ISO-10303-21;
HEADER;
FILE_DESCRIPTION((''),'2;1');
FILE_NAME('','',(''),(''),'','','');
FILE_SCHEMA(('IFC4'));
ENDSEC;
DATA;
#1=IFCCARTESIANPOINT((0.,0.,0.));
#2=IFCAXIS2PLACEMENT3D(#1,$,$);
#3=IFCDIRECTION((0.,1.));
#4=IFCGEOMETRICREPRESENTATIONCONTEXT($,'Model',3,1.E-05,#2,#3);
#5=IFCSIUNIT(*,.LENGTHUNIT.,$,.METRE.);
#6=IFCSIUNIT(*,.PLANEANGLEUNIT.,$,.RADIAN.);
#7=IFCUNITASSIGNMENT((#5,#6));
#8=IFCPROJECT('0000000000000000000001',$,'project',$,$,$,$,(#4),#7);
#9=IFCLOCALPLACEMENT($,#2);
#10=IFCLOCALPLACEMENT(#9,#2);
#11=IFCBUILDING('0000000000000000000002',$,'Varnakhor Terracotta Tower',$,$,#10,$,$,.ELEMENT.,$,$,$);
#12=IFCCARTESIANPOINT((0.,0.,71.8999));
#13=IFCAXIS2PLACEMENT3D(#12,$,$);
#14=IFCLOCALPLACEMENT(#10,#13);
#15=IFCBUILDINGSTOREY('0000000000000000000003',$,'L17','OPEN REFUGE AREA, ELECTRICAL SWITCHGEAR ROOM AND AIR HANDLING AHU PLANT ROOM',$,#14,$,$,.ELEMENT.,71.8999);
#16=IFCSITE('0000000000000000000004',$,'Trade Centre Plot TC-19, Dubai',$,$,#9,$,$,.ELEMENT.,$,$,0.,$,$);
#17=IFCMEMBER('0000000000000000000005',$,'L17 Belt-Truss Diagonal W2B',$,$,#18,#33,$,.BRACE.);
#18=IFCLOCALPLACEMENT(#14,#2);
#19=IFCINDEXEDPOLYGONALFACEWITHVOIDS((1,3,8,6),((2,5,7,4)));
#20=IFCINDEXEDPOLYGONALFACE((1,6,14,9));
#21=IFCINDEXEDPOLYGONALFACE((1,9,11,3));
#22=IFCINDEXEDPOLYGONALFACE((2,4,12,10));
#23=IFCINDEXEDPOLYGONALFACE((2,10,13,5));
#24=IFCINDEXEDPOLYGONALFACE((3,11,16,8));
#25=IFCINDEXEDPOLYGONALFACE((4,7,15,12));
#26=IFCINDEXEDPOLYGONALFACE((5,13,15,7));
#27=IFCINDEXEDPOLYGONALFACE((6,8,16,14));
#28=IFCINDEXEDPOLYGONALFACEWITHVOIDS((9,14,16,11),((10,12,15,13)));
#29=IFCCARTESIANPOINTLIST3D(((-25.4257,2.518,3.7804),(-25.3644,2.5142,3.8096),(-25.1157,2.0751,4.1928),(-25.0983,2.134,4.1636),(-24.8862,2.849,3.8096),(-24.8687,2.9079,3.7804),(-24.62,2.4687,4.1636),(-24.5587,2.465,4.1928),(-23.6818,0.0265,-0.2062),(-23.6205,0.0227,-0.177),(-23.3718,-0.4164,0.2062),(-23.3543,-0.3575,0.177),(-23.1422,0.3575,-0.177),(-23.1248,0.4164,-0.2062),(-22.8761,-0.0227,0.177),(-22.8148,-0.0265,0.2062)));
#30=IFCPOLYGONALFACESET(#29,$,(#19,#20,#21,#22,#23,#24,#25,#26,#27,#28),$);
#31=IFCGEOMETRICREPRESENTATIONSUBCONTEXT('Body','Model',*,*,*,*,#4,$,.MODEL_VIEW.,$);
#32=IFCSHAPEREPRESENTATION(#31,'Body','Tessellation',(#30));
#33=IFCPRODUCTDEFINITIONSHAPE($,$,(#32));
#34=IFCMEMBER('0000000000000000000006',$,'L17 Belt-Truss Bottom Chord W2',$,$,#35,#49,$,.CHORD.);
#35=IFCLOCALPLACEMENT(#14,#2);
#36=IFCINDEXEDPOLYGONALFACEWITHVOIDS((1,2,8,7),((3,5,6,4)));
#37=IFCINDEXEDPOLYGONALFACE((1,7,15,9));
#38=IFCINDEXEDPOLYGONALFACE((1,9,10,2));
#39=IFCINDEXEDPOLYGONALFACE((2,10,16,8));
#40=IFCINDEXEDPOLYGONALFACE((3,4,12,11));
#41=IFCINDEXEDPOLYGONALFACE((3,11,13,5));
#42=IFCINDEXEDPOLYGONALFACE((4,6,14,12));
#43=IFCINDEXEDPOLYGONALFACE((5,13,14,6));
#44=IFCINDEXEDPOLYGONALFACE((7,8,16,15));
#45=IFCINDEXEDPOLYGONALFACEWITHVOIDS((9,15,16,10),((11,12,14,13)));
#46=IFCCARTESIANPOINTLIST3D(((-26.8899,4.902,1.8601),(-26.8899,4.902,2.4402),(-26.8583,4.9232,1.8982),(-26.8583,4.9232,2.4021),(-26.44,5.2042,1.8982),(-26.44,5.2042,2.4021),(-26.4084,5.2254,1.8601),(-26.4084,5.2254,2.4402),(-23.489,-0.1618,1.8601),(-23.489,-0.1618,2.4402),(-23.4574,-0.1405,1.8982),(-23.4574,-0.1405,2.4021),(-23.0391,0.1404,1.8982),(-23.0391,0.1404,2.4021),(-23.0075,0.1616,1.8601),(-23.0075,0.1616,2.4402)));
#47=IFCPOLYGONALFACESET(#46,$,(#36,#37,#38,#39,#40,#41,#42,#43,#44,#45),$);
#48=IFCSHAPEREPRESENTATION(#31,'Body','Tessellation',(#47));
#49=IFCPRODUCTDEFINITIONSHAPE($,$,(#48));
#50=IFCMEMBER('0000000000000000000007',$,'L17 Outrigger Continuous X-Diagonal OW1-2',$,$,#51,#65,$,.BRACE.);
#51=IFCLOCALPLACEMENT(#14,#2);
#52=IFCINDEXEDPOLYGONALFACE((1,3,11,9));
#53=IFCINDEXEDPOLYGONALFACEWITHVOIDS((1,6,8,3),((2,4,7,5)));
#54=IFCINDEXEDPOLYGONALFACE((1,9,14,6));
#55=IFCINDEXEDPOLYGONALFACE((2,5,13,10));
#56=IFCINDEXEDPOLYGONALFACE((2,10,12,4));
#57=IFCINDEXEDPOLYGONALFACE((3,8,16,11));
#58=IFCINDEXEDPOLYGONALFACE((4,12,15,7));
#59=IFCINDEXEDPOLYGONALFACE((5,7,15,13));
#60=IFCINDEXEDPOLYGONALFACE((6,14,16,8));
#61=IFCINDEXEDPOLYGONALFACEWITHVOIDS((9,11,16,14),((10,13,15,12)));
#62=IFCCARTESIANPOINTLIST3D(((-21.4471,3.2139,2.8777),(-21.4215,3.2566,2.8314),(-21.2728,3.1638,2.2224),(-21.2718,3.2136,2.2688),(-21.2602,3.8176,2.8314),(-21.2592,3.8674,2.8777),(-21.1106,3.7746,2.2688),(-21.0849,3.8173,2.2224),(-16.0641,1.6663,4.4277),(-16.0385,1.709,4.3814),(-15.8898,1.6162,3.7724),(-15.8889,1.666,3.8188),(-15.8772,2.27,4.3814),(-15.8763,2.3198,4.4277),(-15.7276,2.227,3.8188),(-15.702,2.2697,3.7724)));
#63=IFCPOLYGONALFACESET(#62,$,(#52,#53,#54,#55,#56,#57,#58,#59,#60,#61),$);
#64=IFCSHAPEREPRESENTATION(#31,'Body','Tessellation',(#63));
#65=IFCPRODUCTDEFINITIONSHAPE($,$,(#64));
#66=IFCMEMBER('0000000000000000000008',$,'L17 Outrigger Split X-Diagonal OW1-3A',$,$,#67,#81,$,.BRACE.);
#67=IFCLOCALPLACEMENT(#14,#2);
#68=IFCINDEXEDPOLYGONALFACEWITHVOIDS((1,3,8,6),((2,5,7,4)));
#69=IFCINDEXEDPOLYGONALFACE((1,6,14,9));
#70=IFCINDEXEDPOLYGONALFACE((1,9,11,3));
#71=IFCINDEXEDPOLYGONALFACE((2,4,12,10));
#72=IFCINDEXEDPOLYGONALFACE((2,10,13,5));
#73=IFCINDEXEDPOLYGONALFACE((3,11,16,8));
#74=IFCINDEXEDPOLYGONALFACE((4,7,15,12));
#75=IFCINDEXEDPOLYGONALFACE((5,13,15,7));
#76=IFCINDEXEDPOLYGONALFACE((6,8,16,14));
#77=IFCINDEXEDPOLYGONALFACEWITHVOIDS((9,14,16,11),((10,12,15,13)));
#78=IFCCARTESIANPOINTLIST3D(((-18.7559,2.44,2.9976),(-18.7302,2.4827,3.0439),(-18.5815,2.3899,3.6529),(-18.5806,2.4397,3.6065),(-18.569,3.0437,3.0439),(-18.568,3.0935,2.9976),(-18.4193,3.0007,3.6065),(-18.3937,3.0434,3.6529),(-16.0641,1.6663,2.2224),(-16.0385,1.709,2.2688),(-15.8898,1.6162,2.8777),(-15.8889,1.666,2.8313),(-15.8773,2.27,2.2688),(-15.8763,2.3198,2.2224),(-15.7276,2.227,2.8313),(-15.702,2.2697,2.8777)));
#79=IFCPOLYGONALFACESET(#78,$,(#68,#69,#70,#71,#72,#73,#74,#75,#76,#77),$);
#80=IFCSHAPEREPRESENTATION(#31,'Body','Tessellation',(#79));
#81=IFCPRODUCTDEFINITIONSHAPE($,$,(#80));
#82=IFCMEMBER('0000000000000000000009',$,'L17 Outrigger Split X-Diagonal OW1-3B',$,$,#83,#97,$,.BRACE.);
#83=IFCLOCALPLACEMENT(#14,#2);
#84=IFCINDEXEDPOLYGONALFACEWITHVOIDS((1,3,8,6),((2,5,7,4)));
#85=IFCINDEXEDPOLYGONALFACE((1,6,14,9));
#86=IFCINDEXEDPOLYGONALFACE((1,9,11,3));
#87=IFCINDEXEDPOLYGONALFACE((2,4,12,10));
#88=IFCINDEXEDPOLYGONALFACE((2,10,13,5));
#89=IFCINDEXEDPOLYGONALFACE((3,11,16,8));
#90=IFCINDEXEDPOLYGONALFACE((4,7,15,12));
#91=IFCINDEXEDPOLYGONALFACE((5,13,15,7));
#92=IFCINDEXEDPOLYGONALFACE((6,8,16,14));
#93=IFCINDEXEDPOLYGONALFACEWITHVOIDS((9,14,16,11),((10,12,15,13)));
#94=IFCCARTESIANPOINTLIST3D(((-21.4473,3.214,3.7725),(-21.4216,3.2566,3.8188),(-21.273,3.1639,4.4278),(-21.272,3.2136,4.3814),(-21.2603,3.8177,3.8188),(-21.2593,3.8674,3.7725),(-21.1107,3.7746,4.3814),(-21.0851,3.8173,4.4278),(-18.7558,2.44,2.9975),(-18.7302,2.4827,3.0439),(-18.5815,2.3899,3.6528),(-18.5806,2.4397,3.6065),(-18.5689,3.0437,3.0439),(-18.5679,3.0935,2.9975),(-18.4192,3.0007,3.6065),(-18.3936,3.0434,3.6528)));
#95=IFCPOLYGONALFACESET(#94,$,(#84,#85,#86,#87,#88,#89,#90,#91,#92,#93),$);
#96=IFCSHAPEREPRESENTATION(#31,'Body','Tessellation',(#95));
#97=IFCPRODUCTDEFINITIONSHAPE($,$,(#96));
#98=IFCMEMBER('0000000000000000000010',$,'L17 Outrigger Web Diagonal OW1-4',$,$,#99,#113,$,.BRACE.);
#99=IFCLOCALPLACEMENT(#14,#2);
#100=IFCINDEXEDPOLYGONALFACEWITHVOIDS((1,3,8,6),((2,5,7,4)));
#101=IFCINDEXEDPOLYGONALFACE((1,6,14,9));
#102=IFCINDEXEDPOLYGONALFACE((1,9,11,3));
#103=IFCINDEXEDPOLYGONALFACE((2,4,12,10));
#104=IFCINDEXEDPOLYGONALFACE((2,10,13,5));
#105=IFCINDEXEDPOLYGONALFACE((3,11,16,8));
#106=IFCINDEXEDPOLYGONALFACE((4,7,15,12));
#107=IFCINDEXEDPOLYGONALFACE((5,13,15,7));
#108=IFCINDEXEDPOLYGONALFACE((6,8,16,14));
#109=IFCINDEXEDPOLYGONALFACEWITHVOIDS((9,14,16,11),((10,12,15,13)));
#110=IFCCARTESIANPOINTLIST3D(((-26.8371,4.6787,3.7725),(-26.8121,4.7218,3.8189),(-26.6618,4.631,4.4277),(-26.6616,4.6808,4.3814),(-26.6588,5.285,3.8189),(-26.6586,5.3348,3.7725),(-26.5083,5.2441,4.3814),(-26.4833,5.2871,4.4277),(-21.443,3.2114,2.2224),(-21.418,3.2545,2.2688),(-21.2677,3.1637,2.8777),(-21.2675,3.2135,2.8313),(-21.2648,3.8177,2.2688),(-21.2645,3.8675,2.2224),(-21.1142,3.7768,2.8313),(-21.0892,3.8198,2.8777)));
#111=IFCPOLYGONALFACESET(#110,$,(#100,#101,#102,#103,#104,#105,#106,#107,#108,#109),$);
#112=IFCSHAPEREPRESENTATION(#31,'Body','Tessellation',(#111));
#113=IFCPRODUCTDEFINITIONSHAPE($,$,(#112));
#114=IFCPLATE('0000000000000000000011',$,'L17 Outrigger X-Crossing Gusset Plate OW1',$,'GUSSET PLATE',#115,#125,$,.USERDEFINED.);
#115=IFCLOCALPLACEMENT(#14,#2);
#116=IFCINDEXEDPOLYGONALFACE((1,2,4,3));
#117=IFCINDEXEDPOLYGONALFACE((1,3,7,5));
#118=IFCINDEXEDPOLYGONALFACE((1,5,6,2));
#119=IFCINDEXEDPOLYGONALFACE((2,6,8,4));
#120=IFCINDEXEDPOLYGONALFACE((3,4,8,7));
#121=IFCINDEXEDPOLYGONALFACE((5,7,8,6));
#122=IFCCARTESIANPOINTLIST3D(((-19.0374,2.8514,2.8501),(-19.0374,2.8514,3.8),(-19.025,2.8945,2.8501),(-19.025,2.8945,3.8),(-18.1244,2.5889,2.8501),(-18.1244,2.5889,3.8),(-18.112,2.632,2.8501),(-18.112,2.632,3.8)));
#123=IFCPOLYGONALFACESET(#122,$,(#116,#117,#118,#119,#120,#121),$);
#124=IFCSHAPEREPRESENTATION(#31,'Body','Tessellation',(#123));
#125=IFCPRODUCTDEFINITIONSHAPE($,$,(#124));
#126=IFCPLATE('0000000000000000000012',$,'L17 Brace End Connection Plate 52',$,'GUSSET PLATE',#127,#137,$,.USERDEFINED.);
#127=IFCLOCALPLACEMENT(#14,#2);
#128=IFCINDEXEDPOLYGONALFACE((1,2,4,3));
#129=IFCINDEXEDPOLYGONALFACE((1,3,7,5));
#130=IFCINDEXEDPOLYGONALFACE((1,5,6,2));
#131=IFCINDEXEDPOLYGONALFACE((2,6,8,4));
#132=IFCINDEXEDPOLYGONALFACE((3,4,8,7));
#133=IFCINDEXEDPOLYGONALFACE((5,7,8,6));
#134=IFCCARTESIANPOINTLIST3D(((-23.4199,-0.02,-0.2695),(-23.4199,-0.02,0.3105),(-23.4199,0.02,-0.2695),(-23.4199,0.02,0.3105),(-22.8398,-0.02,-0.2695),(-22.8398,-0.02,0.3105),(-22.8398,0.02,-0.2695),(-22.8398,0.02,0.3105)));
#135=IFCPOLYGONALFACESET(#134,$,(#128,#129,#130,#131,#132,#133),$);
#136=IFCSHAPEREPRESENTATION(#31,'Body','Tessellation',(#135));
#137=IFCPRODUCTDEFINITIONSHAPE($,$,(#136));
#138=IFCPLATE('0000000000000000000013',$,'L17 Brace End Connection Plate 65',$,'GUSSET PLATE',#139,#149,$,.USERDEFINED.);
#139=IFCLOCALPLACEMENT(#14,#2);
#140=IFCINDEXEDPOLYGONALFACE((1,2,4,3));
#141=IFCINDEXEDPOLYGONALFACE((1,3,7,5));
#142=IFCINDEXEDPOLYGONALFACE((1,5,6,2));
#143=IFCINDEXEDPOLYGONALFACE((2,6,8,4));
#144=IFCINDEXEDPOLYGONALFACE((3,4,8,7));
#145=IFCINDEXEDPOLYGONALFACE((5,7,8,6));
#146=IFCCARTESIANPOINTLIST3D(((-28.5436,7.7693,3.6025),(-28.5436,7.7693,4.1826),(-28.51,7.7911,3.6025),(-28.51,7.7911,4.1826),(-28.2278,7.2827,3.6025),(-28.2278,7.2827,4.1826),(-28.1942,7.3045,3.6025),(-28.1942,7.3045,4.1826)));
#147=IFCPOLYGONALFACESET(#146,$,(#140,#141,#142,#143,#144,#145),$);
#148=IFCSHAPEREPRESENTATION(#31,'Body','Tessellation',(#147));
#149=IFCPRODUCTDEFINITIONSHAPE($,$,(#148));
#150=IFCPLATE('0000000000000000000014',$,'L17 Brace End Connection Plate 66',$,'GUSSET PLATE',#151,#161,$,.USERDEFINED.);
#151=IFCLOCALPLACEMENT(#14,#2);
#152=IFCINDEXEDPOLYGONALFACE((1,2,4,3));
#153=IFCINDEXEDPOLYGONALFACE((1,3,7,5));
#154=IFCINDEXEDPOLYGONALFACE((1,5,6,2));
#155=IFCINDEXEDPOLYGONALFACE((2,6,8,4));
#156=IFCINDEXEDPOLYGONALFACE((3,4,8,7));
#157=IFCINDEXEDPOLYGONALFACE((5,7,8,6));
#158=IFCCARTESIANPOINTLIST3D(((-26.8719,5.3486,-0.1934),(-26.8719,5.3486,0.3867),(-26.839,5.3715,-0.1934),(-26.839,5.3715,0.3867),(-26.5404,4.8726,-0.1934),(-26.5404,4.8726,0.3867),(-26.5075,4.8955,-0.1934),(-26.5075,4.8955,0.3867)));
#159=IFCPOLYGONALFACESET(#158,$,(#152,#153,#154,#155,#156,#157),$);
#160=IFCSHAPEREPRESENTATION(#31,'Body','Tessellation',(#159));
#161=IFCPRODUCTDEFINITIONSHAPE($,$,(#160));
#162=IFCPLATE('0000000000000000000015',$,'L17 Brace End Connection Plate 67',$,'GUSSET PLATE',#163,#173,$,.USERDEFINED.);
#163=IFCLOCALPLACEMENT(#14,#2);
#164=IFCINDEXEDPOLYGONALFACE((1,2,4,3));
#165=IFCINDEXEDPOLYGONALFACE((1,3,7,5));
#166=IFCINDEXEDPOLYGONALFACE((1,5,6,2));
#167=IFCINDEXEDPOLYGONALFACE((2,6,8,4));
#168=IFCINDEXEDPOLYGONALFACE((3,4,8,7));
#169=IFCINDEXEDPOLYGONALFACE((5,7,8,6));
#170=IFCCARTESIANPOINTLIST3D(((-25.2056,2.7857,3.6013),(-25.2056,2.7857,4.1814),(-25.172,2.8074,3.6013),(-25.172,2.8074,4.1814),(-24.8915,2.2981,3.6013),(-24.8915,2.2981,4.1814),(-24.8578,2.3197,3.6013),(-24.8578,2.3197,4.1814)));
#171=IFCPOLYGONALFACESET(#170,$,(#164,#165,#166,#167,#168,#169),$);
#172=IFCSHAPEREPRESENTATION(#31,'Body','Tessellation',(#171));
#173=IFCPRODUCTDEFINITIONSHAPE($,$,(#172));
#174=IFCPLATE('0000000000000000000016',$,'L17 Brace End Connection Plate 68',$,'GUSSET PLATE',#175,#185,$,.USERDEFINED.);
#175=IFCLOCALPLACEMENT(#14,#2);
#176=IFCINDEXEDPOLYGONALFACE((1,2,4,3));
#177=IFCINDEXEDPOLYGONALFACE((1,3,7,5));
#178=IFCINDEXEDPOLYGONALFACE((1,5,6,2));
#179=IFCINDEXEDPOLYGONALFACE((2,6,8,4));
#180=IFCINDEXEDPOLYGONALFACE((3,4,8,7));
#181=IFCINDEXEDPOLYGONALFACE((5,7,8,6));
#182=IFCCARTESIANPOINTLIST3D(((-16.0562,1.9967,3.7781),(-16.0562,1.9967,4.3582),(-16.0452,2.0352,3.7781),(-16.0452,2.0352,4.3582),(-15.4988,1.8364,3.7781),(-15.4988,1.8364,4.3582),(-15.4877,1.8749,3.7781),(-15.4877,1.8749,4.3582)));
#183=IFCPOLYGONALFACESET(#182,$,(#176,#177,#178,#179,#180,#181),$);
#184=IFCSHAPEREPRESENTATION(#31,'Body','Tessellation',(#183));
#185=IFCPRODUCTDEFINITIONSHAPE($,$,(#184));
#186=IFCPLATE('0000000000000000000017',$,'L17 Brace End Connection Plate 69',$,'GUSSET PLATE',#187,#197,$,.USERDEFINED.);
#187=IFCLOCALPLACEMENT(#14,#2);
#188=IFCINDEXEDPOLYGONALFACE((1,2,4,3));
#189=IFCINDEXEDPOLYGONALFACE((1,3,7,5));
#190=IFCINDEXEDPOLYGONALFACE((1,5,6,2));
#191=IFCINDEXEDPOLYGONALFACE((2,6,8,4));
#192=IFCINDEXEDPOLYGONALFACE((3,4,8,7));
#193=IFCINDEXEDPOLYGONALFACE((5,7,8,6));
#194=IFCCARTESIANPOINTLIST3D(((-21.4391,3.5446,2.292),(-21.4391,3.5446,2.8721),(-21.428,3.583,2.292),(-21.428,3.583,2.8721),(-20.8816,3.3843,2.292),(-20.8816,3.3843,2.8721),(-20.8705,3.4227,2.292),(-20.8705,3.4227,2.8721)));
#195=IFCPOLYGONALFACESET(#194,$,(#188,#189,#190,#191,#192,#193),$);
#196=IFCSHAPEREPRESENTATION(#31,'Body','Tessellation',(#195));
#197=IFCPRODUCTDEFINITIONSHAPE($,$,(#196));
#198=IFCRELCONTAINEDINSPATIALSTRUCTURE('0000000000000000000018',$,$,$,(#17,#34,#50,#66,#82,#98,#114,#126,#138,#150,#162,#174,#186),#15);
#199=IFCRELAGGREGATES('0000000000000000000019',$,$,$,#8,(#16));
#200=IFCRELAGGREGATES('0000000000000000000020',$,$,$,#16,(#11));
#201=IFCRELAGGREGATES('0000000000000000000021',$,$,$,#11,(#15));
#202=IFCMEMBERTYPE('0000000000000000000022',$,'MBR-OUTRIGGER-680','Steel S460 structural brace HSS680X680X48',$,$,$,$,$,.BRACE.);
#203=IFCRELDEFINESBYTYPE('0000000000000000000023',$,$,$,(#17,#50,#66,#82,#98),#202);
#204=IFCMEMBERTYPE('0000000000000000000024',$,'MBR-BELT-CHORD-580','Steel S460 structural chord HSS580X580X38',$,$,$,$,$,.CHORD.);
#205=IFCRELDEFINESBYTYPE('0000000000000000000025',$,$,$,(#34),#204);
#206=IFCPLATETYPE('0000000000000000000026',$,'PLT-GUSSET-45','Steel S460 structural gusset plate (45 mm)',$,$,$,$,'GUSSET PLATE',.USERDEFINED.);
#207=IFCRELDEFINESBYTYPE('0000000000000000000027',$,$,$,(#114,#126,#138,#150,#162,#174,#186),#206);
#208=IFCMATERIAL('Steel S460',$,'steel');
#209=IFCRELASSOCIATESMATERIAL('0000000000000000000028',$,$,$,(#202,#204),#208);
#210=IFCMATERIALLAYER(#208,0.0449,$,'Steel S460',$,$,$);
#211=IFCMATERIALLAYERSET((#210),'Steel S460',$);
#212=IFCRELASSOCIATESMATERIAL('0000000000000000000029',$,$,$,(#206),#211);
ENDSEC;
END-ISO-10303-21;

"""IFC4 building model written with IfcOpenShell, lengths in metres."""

from ifc_helpers import new_model, si_unit, direction, frame, origin, origin_2d, place, context, subcontext, project, spatial, rectangle, hollow_rectangle, extrude, source, transform, mapped, material, layer, layer_set, material_profile, profile_set, type_object, type_shapes, element, save


model = new_model("IFC4")

# Units and contexts
model_context = context("Model", 3, precision=1e-05, world=origin(), true_north=direction((0.0, 1.0)))
body_context = subcontext(model_context, "Body", "Model", "MODEL_VIEW")
ifc_project = project(units=[si_unit("LENGTHUNIT", "METRE"), si_unit("PLANEANGLEUNIT", "RADIAN")], contexts=[model_context])

# Site, building, storey
site_placement = place(None, origin())
site = spatial("IfcSite", under=ifc_project, at=site_placement, Name="Trade Centre Plot TC-19, Dubai", CompositionType="ELEMENT", RefElevation=0.0)
building_placement = place(site_placement, origin())
building = spatial("IfcBuilding", under=site, at=building_placement, Name="Varnakhor Terracotta Tower", CompositionType="ELEMENT")
storey_placement = place(building_placement, frame((0.0, 0.0, 71.8999)))
storey = spatial("IfcBuildingStorey", under=building, at=storey_placement, Name="L17", Description="OPEN REFUGE AREA, ELECTRICAL SWITCHGEAR ROOM AND AIR HANDLING AHU PLANT ROOM", CompositionType="ELEMENT", Elevation=71.8999)

# Shared definitions
ifc_material_1 = material(Name="Steel S460", Category="steel")

# Members
ifc_material_profile_1 = material_profile(ifc_material_1, hollow_rectangle(XDim=0.6799, YDim=0.6799, WallThickness=0.0481, at=origin_2d()), Name="HSS680X680X48")
ifc_profile_set_1 = profile_set([ifc_material_profile_1], Name="Steel S460")
member_type_1 = type_object("IfcMemberType", Name="MBR-OUTRIGGER-680", Description="Steel S460 structural brace HSS680X680X48", PredefinedType="BRACE", material=ifc_profile_set_1)
ifc_material_profile_2 = material_profile(ifc_material_1, hollow_rectangle(XDim=0.5801, YDim=0.5801, WallThickness=0.0381, at=origin_2d()), Name="HSS580X580X38")
ifc_profile_set_2 = profile_set([ifc_material_profile_2], Name="Steel S460")
member_type_2 = type_object("IfcMemberType", Name="MBR-BELT-CHORD-580", Description="Steel S460 structural chord HSS580X580X38", PredefinedType="CHORD", material=ifc_profile_set_2)
shared_shape_1 = source(origin(), body_context, "Body", "SweptSolid", [
    extrude(hollow_rectangle(XDim=0.6799, YDim=0.6799, WallThickness=0.0481, at=origin_2d()), origin(), (0.0, 0.0, 1.0), 5.0142),
])
member_1_placement = place(storey_placement, frame((-23.2483, 0.0, 0.0), z_axis=(-0.347798, 0.496889, 0.795071), x_axis=(-0.819251, -0.573435, 0.0)))
element("IfcMember", 1, at=member_1_placement, inside=storey, type_object=member_type_1, Name="L17 Belt-Truss Diagonal W2B", PredefinedType="BRACE", context=body_context, shape_type="MappedRepresentation", body=[
    mapped(shared_shape_1, transform((0.0, 0.0, 0.0), scale=1.0)),
])
shared_shape_2 = source(origin(), body_context, "Body", "SweptSolid", [
    extrude(hollow_rectangle(XDim=0.5801, YDim=0.5801, WallThickness=0.0381, at=origin_2d()), origin(), (0.0, 0.0, 1.0), 6.0999),
])
member_2_placement = place(storey_placement, frame((-26.6492, 5.0637, 2.1501), z_axis=(0.557542, -0.830149, 0.0), x_axis=(0.830149, 0.557542, 0.0)))
element("IfcMember", 2, at=member_2_placement, inside=storey, type_object=member_type_2, Name="L17 Belt-Truss Bottom Chord W2", PredefinedType="CHORD", context=body_context, shape_type="MappedRepresentation", body=[
    mapped(shared_shape_2, transform((0.0, 0.0, 0.0), scale=1.0)),
])
shared_shape_3 = source(origin(), body_context, "Body", "SweptSolid", [
    extrude(hollow_rectangle(XDim=0.6799, YDim=0.6799, WallThickness=0.0481, at=origin_2d()), origin(), (0.0, 0.0, 1.0), 5.8115),
])
member_3_placement = place(storey_placement, frame((-15.8831, 1.968, 4.1001), z_axis=(-0.926256, 0.266295, -0.266715), x_axis=(-0.276304, -0.96107, 0.0)))
element("IfcMember", 3, at=member_3_placement, inside=storey, type_object=member_type_1, Name="L17 Outrigger Continuous X-Diagonal OW1-2", PredefinedType="BRACE", context=body_context, shape_type="MappedRepresentation", body=[
    mapped(shared_shape_3, transform((0.0, 0.0, 0.0), scale=1.0)),
])
shared_shape_4 = source(origin(), body_context, "Body", "SweptSolid", [
    extrude(hollow_rectangle(XDim=0.6799, YDim=0.6799, WallThickness=0.0481, at=origin_2d()), origin(), (0.0, 0.0, 1.0), 2.906),
])
member_4_placement = place(storey_placement, frame((-15.8831, 1.968, 2.55), z_axis=(-0.926262, 0.266243, 0.266747), x_axis=(-0.276252, -0.961085, 0.0)))
element("IfcMember", 4, at=member_4_placement, inside=storey, type_object=member_type_1, Name="L17 Outrigger Split X-Diagonal OW1-3A", PredefinedType="BRACE", context=body_context, shape_type="MappedRepresentation", body=[
    mapped(shared_shape_4, transform((0.0, 0.0, 0.0), scale=1.0)),
])
shared_shape_5 = source(origin(), body_context, "Body", "SweptSolid", [
    extrude(hollow_rectangle(XDim=0.6799, YDim=0.6799, WallThickness=0.0481, at=origin_2d()), origin(), (0.0, 0.0, 1.0), 2.9058),
])
member_5_placement = place(storey_placement, frame((-18.5747, 2.7417, 3.3252), z_axis=(-0.92625, 0.266347, 0.266683), x_axis=(-0.276356, -0.961055, 0.0)))
element("IfcMember", 5, at=member_5_placement, inside=storey, type_object=member_type_1, Name="L17 Outrigger Split X-Diagonal OW1-3B", PredefinedType="BRACE", context=body_context, shape_type="MappedRepresentation", body=[
    mapped(shared_shape_5, transform((0.0, 0.0, 0.0), scale=1.0)),
])
shared_shape_6 = source(origin(), body_context, "Body", "SweptSolid", [
    extrude(hollow_rectangle(XDim=0.6799, YDim=0.6799, WallThickness=0.0481, at=origin_2d()), origin(), (0.0, 0.0, 1.0), 5.801),
])
member_6_placement = place(storey_placement, frame((-21.2661, 3.5156, 2.55), z_axis=(-0.929852, 0.252938, 0.267205), x_axis=(-0.262482, -0.964937, 0.0)))
element("IfcMember", 6, at=member_6_placement, inside=storey, type_object=member_type_1, Name="L17 Outrigger Web Diagonal OW1-4", PredefinedType="BRACE", context=body_context, shape_type="MappedRepresentation", body=[
    mapped(shared_shape_6, transform((0.0, 0.0, 0.0), scale=1.0)),
])

# Plates
ifc_layer_1 = layer(ifc_material_1, 0.0449, Name="Steel S460")
ifc_layer_set_1 = layer_set([ifc_layer_1], Name="Steel S460")
plate_type = type_object("IfcPlateType", Name="PLT-GUSSET-45", Description="Steel S460 structural gusset plate (45 mm)", ElementType="GUSSET PLATE", PredefinedType="USERDEFINED", material=ifc_layer_set_1)
shared_shape_7 = source(origin(), body_context, "Body", "SweptSolid", [
    extrude(rectangle(XDim=0.95, YDim=0.0449, at=origin_2d()), origin(), (0.0, 0.0, 1.0), 0.95),
])
type_shapes(plate_type, [shared_shape_7])
plate_placement = place(storey_placement, frame((-18.5747, 2.7417, 2.8501), z_axis=(0.0, 0.0, 1.0), x_axis=(-0.961059, 0.276342, 0.0)))
element("IfcPlate", 7, at=plate_placement, inside=storey, type_object=plate_type, Name="L17 Outrigger X-Crossing Gusset Plate OW1", ObjectType="GUSSET PLATE", PredefinedType="USERDEFINED", context=body_context, shape_type="MappedRepresentation", body=[
    mapped(shared_shape_7, transform((0.0, 0.0, 0.0), scale=1.0)),
])
shared_shape_8 = source(origin(), body_context, "Body", "SweptSolid", [
    extrude(rectangle(XDim=0.5801, YDim=0.04, at=origin_2d()), origin(), (0.0, 0.0, 1.0), 0.5801),
])
for number, where, z_axis, x_axis, name in (
    (8, (-23.1299, 0.0, -0.2695), (0.0, 0.0, 1.0), (1.0, 0.0, 0.0), "L17 Brace End Connection Plate 52"),
    (9, (-28.3689, 7.5369, 3.6025), (0.0, 0.0, 1.0), (0.544376, -0.838842, 0.0), "L17 Brace End Connection Plate 65"),
    (10, (-26.6897, 5.1221, -0.1934), (0.0, 0.0, 1.0), (-0.571545, 0.820571, 0.0), "L17 Brace End Connection Plate 66"),
    (11, (-25.0317, 2.5527, 3.6013), (0.0, 0.0, 1.0), (0.541532, -0.84068, 0.0), "L17 Brace End Connection Plate 67"),
    (12, (-15.772, 1.9358, 3.7781), (0.0, 0.0, 1.0), (-0.961055, 0.276359, 0.0), "L17 Brace End Connection Plate 68"),
    (13, (-21.1548, 3.4836, 2.292), (0.0, 0.0, 1.0), (-0.961059, 0.276342, 0.0), "L17 Brace End Connection Plate 69"),
):
    element("IfcPlate", number, at=place(storey_placement, frame(where, z_axis=z_axis, x_axis=x_axis)), inside=storey, type_object=plate_type, Name=name, ObjectType="GUSSET PLATE", PredefinedType="USERDEFINED", context=body_context, shape_type="MappedRepresentation", body=[
        mapped(shared_shape_8, transform((0.0, 0.0, 0.0), scale=1.0)),
    ])

save(model, "model.ifc")
